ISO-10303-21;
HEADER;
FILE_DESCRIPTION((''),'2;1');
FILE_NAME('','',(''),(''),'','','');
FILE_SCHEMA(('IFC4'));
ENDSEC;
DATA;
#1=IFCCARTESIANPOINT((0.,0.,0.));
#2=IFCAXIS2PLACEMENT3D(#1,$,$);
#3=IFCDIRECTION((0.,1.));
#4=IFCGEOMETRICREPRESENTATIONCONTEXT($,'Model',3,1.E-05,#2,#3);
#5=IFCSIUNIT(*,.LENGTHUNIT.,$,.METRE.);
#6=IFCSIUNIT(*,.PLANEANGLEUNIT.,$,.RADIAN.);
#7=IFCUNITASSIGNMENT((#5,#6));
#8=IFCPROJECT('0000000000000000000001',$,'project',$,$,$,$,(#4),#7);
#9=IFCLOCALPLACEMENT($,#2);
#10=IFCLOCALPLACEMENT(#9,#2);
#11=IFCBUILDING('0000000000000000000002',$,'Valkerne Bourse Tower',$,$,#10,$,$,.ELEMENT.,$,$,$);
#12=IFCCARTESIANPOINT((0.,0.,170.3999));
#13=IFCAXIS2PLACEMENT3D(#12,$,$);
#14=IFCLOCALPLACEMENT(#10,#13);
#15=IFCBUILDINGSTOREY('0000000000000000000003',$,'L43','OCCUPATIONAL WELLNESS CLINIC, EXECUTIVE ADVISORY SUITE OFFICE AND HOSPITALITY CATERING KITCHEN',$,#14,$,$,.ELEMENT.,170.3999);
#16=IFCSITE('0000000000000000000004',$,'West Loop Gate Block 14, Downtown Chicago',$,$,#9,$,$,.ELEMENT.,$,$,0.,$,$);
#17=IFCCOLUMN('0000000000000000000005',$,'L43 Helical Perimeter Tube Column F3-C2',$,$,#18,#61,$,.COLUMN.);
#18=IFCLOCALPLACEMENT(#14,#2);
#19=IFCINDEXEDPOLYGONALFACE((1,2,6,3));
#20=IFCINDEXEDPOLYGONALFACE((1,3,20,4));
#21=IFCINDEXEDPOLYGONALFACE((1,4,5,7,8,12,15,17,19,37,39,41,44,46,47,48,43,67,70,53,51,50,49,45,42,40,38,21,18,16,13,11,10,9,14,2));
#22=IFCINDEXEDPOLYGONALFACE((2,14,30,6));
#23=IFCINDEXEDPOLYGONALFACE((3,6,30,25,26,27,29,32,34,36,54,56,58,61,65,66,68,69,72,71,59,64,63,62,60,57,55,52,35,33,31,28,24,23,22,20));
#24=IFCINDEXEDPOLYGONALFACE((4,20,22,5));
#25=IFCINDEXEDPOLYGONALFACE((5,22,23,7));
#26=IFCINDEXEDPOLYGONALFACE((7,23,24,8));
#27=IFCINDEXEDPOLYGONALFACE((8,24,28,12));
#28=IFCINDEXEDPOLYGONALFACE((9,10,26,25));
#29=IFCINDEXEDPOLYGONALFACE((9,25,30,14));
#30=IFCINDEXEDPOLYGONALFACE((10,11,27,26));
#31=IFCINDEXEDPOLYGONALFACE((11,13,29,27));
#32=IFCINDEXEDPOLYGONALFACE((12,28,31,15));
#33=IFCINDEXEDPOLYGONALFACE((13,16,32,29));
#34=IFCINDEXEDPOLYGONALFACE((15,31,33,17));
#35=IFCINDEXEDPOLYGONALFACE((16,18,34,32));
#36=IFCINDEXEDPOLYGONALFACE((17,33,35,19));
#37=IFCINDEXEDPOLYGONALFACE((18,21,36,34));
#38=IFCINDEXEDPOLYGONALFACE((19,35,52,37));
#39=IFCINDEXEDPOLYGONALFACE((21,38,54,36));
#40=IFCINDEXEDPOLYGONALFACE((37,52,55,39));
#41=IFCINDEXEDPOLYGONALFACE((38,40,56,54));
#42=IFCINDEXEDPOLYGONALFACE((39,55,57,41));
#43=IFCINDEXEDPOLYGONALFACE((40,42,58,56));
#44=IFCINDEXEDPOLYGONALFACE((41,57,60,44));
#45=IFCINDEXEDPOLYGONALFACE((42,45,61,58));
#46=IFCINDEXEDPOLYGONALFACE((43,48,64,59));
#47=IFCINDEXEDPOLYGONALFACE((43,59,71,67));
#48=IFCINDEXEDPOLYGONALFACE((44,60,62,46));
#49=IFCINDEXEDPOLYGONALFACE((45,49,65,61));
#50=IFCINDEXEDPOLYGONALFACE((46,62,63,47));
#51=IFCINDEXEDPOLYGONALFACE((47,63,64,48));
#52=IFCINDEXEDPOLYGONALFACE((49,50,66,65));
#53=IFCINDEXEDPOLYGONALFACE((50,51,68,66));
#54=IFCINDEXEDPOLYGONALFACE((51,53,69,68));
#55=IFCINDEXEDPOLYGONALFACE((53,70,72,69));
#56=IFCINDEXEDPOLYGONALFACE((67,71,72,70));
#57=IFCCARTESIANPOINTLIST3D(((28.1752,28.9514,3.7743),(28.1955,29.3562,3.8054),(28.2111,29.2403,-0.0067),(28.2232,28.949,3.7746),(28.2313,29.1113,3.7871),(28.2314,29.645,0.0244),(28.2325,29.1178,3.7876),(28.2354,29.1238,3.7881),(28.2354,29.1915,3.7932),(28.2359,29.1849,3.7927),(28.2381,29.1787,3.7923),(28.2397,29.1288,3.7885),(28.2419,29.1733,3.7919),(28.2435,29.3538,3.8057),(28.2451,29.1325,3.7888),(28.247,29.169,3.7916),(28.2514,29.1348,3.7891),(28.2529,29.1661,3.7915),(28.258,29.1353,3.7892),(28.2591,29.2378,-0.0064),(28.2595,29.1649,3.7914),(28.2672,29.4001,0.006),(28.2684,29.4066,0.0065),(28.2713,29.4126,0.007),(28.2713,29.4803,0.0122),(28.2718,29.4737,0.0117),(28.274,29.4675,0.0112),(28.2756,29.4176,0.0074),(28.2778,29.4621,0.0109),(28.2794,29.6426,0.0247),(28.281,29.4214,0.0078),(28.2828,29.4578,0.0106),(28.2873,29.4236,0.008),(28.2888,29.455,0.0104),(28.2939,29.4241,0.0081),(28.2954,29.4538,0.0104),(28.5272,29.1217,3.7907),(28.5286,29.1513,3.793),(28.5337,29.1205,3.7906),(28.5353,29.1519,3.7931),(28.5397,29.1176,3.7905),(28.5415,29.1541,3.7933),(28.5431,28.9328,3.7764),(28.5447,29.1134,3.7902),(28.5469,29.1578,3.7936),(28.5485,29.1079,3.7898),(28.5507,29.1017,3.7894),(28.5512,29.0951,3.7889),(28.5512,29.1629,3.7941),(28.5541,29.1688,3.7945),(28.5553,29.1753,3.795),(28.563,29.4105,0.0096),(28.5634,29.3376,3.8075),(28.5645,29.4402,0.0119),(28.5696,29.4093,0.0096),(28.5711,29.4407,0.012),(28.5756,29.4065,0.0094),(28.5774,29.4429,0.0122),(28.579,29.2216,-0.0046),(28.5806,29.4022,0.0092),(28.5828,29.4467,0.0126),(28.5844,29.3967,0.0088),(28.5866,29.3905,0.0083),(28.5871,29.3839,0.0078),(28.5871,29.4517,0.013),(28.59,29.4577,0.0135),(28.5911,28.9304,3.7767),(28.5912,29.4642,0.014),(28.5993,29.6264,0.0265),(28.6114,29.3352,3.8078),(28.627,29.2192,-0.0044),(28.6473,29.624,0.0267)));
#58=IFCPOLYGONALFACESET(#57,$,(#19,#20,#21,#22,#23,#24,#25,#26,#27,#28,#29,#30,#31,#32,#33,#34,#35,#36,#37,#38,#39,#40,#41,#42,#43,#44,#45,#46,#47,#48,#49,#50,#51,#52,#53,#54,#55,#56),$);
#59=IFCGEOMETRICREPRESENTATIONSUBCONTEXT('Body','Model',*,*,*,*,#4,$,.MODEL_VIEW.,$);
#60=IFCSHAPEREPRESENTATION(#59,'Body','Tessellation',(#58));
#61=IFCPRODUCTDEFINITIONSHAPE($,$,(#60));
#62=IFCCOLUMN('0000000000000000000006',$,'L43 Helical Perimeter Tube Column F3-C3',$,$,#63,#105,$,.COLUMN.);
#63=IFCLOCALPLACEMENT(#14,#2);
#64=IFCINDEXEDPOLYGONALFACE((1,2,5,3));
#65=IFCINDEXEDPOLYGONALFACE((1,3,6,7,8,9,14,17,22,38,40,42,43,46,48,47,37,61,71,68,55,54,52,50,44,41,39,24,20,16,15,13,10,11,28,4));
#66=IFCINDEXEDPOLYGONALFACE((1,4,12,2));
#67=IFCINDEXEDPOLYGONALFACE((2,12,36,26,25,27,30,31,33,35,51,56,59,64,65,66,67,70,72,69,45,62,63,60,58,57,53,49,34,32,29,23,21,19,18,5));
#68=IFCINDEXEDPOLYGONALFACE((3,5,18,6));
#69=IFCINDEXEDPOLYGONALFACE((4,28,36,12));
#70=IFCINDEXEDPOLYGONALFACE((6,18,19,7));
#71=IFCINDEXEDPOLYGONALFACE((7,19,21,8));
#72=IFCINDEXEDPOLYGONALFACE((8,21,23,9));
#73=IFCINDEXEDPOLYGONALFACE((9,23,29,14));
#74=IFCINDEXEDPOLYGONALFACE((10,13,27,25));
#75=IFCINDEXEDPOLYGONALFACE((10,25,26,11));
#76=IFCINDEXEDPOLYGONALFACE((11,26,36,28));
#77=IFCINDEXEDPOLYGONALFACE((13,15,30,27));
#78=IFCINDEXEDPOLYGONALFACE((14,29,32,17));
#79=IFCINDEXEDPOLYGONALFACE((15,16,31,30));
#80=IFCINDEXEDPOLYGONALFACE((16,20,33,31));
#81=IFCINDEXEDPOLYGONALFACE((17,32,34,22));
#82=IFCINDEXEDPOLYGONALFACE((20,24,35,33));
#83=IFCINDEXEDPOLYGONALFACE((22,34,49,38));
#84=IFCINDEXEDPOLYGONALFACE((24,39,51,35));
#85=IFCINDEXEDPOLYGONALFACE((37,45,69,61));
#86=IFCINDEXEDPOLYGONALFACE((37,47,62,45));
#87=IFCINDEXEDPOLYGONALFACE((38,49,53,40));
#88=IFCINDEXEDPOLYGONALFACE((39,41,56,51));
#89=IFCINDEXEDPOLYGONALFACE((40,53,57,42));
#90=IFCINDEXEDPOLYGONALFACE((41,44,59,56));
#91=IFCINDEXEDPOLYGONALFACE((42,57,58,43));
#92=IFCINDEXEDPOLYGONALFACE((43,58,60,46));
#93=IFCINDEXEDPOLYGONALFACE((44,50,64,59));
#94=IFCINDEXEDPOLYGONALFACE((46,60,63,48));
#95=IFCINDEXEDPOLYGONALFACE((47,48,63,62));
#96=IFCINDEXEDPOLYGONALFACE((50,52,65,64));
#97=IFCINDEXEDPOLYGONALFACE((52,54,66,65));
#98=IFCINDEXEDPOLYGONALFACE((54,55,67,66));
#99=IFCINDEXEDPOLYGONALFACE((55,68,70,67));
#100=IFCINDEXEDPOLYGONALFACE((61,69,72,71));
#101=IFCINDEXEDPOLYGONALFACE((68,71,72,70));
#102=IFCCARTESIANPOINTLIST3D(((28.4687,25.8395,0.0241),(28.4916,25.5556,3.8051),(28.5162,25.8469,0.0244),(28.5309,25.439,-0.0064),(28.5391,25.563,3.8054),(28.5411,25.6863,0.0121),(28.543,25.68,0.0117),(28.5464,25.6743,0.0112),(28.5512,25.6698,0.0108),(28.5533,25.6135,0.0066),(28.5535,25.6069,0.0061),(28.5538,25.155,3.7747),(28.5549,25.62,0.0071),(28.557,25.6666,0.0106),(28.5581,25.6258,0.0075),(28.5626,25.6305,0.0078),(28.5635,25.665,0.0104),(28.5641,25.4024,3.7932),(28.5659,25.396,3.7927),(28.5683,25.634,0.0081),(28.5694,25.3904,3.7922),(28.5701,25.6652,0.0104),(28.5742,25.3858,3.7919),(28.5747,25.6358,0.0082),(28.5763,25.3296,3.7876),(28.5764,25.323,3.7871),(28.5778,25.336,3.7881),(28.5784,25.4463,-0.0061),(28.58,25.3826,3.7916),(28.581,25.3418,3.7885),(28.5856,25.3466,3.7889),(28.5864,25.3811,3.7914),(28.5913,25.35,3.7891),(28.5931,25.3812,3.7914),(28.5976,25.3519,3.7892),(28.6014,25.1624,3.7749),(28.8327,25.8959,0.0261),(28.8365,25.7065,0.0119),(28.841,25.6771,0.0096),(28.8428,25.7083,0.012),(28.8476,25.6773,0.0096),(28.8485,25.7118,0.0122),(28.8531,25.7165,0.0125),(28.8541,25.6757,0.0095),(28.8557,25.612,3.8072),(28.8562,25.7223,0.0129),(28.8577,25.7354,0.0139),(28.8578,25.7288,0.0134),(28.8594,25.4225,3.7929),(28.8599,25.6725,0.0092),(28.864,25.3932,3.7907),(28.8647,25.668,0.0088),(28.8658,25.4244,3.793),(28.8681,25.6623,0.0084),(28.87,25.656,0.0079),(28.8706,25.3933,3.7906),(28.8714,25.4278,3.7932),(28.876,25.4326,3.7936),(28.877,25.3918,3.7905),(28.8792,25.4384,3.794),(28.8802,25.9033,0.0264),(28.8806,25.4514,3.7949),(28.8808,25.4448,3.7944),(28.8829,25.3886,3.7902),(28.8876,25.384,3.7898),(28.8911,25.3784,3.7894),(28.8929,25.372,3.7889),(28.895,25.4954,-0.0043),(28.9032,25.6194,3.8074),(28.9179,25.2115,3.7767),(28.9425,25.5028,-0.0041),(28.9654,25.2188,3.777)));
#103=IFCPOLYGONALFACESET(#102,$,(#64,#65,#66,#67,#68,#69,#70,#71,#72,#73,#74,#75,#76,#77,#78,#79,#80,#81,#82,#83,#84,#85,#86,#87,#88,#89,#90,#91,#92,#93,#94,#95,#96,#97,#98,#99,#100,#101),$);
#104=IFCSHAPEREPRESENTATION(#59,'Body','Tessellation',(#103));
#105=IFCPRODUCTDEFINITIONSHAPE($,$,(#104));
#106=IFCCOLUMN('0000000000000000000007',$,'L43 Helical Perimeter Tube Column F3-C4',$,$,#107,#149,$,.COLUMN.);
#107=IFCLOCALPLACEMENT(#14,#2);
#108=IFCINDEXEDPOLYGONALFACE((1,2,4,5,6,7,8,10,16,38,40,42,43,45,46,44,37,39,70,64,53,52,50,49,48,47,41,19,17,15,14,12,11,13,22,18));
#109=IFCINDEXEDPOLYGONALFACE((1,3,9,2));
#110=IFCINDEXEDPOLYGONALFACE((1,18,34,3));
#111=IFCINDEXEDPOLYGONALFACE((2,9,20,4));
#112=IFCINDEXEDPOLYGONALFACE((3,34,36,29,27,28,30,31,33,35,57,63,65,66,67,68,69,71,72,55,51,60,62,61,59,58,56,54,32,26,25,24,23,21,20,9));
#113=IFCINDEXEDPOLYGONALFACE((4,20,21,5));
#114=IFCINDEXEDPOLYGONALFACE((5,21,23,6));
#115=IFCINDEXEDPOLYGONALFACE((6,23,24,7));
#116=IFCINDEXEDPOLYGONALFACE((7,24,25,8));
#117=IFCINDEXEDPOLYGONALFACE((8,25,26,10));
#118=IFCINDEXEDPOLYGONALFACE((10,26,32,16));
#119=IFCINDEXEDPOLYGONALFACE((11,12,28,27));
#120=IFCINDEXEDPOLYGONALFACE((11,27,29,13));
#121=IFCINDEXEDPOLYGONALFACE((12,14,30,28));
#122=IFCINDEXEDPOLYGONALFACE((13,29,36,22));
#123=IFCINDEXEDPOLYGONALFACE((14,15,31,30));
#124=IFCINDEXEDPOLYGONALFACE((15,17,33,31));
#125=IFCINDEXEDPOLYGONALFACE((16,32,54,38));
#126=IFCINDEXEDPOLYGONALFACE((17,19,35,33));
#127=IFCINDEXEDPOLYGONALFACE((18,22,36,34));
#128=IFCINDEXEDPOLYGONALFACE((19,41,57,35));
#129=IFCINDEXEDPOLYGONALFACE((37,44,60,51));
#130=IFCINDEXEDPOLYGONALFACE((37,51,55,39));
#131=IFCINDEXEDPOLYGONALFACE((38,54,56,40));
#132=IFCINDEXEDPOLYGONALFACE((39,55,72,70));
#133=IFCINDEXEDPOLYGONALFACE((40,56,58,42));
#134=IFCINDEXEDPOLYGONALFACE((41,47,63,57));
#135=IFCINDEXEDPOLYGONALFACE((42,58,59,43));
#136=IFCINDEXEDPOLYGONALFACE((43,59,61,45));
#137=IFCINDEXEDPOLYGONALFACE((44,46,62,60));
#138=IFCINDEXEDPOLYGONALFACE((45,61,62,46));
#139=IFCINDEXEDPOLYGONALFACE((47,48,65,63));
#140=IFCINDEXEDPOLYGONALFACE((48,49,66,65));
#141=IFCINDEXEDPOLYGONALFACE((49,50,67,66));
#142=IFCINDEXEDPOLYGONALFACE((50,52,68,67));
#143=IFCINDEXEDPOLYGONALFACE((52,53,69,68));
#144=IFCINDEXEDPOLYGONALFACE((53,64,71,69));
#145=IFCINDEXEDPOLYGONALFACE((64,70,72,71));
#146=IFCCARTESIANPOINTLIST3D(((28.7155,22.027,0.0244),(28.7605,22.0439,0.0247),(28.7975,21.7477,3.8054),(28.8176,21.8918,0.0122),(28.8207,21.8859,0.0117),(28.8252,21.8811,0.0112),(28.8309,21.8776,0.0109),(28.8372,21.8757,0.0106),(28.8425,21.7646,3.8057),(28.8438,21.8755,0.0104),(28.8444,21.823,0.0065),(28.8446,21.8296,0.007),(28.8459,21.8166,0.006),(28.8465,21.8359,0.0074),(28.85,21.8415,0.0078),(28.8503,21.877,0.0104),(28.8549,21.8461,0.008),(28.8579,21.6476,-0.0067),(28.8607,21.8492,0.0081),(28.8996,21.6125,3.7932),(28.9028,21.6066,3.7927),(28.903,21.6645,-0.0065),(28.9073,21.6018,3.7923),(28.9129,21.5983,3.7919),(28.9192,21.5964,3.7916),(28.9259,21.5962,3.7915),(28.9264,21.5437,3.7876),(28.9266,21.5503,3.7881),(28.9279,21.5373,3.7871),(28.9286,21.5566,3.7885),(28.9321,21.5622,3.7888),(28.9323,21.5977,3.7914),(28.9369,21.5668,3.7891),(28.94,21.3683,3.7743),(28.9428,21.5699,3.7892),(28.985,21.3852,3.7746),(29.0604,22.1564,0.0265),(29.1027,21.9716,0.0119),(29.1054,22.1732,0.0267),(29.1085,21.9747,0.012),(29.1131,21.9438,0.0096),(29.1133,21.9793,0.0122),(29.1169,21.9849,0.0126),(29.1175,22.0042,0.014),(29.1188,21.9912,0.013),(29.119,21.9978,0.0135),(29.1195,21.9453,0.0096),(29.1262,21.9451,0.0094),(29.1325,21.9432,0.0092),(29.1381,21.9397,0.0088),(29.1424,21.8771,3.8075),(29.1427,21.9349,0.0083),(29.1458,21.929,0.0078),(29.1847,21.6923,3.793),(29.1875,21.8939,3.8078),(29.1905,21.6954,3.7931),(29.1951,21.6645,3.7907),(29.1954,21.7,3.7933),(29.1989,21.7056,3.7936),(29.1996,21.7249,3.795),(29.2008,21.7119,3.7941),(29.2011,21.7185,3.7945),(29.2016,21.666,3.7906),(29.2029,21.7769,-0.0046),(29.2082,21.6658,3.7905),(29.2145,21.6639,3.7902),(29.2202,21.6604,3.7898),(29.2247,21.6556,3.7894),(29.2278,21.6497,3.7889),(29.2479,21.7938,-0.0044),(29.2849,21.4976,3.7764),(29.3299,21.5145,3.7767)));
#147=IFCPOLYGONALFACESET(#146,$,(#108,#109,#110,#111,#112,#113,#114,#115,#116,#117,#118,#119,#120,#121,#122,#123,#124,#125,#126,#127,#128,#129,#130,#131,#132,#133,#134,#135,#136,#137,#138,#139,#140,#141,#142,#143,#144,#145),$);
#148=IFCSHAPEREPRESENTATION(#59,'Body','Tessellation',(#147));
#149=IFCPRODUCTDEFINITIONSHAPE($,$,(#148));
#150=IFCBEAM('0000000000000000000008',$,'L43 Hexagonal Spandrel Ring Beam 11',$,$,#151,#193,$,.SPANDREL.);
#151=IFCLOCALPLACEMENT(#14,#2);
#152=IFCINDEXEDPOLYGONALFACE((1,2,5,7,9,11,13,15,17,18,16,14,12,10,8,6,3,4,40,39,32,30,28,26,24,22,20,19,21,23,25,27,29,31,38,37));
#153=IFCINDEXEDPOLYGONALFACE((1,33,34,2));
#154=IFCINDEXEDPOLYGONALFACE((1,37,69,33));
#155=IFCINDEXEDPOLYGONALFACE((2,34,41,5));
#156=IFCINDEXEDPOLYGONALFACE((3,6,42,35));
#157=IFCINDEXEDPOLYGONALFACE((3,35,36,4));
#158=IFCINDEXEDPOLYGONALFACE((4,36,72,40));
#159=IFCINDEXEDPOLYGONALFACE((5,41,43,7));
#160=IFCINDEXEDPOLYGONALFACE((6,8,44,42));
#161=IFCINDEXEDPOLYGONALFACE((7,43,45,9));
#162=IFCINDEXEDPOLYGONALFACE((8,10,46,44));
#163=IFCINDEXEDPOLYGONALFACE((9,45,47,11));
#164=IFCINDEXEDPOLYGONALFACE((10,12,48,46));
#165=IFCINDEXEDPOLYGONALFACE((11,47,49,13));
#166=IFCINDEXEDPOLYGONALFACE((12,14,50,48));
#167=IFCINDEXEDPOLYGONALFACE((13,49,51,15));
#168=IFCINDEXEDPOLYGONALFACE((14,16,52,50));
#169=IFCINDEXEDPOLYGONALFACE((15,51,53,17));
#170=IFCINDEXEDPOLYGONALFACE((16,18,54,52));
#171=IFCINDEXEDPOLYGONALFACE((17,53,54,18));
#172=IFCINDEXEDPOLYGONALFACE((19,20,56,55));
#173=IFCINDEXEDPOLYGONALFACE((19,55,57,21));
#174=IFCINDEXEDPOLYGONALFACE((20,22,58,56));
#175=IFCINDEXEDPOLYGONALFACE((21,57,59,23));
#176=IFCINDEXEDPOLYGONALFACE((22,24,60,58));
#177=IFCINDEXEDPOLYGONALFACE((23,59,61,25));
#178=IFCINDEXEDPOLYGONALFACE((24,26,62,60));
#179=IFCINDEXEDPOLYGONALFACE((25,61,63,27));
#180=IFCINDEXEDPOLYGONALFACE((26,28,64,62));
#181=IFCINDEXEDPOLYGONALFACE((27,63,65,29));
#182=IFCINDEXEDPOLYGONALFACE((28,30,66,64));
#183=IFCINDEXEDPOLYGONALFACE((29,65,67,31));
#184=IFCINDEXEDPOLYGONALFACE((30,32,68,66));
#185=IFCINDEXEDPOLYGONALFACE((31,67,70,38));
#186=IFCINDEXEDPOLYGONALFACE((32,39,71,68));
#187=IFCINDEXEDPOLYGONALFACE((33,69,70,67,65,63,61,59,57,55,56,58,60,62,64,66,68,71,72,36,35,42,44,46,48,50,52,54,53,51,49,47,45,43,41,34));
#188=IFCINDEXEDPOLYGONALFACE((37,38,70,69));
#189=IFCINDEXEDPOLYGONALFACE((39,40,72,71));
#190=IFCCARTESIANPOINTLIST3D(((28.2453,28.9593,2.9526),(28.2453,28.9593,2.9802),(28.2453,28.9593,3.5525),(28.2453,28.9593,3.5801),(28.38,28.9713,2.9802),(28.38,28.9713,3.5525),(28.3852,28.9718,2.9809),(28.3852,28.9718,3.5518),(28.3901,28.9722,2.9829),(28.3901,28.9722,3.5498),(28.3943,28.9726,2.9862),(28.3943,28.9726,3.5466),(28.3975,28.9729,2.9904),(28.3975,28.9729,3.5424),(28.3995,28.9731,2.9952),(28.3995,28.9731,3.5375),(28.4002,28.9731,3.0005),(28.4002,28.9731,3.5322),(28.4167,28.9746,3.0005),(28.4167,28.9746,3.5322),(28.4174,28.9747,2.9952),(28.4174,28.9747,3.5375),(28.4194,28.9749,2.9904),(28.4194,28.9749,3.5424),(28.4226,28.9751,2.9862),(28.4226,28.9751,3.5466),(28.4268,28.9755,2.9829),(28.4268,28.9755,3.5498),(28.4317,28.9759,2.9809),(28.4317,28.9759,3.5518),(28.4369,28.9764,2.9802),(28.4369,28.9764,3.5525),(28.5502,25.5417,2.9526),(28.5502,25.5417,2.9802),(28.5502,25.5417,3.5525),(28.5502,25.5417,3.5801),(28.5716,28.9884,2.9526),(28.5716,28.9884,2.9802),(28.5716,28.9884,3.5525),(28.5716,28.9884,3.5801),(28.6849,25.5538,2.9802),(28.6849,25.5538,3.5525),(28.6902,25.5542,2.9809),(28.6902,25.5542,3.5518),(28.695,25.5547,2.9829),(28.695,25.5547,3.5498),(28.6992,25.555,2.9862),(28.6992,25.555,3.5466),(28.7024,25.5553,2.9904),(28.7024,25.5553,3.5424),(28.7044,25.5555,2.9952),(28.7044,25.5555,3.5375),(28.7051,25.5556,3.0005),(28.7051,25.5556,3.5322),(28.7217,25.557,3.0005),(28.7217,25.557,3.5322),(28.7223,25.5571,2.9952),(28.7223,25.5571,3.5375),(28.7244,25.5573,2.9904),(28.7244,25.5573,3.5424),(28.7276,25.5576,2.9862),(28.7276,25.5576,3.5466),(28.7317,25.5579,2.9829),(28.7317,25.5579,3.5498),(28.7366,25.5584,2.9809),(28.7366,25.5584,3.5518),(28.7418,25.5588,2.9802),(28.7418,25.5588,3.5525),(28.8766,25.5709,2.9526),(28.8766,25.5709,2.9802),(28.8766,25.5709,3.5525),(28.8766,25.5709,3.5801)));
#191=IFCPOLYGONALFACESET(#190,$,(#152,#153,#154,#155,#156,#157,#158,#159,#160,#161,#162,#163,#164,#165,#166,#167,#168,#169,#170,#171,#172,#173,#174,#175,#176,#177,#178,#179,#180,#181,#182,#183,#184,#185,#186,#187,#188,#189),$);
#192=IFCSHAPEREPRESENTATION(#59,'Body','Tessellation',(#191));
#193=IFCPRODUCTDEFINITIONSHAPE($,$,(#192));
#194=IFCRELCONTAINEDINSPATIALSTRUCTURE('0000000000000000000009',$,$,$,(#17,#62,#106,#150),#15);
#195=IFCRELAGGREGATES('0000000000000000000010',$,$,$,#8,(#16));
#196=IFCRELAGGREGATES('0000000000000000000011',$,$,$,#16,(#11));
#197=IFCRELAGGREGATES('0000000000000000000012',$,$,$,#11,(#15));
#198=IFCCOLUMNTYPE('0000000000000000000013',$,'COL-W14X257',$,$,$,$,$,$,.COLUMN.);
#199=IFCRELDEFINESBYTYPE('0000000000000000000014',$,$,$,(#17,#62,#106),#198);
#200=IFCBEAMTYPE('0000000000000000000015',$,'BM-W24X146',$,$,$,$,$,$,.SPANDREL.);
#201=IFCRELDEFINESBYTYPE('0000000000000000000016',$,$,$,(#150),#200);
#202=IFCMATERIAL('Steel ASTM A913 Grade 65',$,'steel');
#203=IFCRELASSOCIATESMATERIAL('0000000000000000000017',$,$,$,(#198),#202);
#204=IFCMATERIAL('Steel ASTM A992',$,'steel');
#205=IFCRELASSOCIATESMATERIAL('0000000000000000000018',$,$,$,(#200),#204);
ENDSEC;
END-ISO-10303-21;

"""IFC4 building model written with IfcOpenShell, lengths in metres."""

from ifc_helpers import new_model, si_unit, direction, frame, origin, origin_2d, place, context, subcontext, project, spatial, i_section, extrude, material, material_profile, profile_set, type_object, element, save


model = new_model("IFC4")

# Units and contexts
model_context = context("Model", 3, precision=1e-05, world=origin(), true_north=direction((0.0, 1.0)))
body_context = subcontext(model_context, "Body", "Model", "MODEL_VIEW")
ifc_project = project(units=[si_unit("LENGTHUNIT", "METRE"), si_unit("PLANEANGLEUNIT", "RADIAN")], contexts=[model_context])

# Site, building, storey
site_placement = place(None, origin())
site = spatial("IfcSite", under=ifc_project, at=site_placement, Name="West Loop Gate Block 14, Downtown Chicago", CompositionType="ELEMENT", RefElevation=0.0)
building_placement = place(site_placement, origin())
building = spatial("IfcBuilding", under=site, at=building_placement, Name="Valkerne Bourse Tower", CompositionType="ELEMENT")
storey_placement = place(building_placement, frame((0.0, 0.0, 170.3999)))
storey = spatial("IfcBuildingStorey", under=building, at=storey_placement, Name="L43", Description="OCCUPATIONAL WELLNESS CLINIC, EXECUTIVE ADVISORY SUITE OFFICE AND HOSPITALITY CATERING KITCHEN", CompositionType="ELEMENT", Elevation=170.3999)

# Columns
ifc_material_1 = material(Name="Steel ASTM A913 Grade 65", Category="steel")
ifc_material_profile_1 = material_profile(ifc_material_1, i_section(OverallWidth=0.4065, OverallDepth=0.4165, WebThickness=0.0298, FlangeThickness=0.0481, FilletRadius=0.0254, at=origin_2d()), Name="W14X257")
ifc_profile_set_1 = profile_set([ifc_material_profile_1], Name="Steel ASTM A913 Grade 65")
column_type = type_object("IfcColumnType", Name="COL-W14X257", PredefinedType="COLUMN", material=ifc_profile_set_1)
column_1_placement = place(storey_placement, frame((28.4292, 29.4321, 0.01), z_axis=(-0.009464, -0.076161, 0.997051), x_axis=(-0.049939, -0.995815, -0.076541)))
element("IfcColumn", 1, at=column_1_placement, inside=storey, type_object=column_type, Name="L43 Helical Perimeter Tube Column F3-C2", PredefinedType="COLUMN", context=body_context, shape_type="SweptSolid", body=[
    extrude(i_section(OverallWidth=0.4065, OverallDepth=0.4165, WebThickness=0.0298, FlangeThickness=0.0481, FilletRadius=0.0254, at=origin_2d()), origin(), (0.0, 0.0, 1.0), 3.7922),
])
column_2_placement = place(storey_placement, frame((28.7056, 25.6711, 0.01), z_axis=(0.006052, -0.074883, 0.997174), x_axis=(0.153119, -0.985363, -0.074925)))
element("IfcColumn", 2, at=column_2_placement, inside=storey, type_object=column_type, Name="L43 Helical Perimeter Tube Column F3-C3", PredefinedType="COLUMN", context=body_context, shape_type="SweptSolid", body=[
    extrude(i_section(OverallWidth=0.4065, OverallDepth=0.4165, WebThickness=0.0298, FlangeThickness=0.0481, FilletRadius=0.0254, at=origin_2d()), origin(), (0.0, 0.0, 1.0), 3.7917),
])
column_3_placement = place(storey_placement, frame((28.9817, 21.9104, 0.01), z_axis=(0.021632, -0.07365, 0.997049), x_axis=(0.350487, -0.933434, -0.076555)))
element("IfcColumn", 3, at=column_3_placement, inside=storey, type_object=column_type, Name="L43 Helical Perimeter Tube Column F3-C4", PredefinedType="COLUMN", context=body_context, shape_type="SweptSolid", body=[
    extrude(i_section(OverallWidth=0.4065, OverallDepth=0.4165, WebThickness=0.0298, FlangeThickness=0.0481, FilletRadius=0.0254, at=origin_2d()), origin(), (0.0, 0.0, 1.0), 3.7922),
])

# Beam
ifc_material_2 = material(Name="Steel ASTM A992", Category="steel")
ifc_material_profile_2 = material_profile(ifc_material_2, i_section(OverallWidth=0.3276, OverallDepth=0.6274, WebThickness=0.0166, FlangeThickness=0.0276, FilletRadius=0.0203, at=origin_2d()), Name="W24X146")
ifc_profile_set_2 = profile_set([ifc_material_profile_2], Name="Steel ASTM A992")
beam_type_1 = type_object("IfcBeamType", Name="BM-W24X146", PredefinedType="SPANDREL", material=ifc_profile_set_2)
beam_1_placement = place(storey_placement, frame((28.4084, 28.9739, 3.2664), z_axis=(0.088874, -0.996043, 0.0), x_axis=(0.996043, 0.088874, 0.0)))
element("IfcBeam", 4, at=beam_1_placement, inside=storey, type_object=beam_type_1, Name="L43 Hexagonal Spandrel Ring Beam 11", PredefinedType="SPANDREL", context=body_context, shape_type="SweptSolid", body=[
    extrude(i_section(OverallWidth=0.3276, OverallDepth=0.6274, WebThickness=0.0166, FlangeThickness=0.0276, FilletRadius=0.0203, at=origin_2d()), origin(), (0.0, 0.0, 1.0), 3.4312),
])

save(model, "model.ifc")
